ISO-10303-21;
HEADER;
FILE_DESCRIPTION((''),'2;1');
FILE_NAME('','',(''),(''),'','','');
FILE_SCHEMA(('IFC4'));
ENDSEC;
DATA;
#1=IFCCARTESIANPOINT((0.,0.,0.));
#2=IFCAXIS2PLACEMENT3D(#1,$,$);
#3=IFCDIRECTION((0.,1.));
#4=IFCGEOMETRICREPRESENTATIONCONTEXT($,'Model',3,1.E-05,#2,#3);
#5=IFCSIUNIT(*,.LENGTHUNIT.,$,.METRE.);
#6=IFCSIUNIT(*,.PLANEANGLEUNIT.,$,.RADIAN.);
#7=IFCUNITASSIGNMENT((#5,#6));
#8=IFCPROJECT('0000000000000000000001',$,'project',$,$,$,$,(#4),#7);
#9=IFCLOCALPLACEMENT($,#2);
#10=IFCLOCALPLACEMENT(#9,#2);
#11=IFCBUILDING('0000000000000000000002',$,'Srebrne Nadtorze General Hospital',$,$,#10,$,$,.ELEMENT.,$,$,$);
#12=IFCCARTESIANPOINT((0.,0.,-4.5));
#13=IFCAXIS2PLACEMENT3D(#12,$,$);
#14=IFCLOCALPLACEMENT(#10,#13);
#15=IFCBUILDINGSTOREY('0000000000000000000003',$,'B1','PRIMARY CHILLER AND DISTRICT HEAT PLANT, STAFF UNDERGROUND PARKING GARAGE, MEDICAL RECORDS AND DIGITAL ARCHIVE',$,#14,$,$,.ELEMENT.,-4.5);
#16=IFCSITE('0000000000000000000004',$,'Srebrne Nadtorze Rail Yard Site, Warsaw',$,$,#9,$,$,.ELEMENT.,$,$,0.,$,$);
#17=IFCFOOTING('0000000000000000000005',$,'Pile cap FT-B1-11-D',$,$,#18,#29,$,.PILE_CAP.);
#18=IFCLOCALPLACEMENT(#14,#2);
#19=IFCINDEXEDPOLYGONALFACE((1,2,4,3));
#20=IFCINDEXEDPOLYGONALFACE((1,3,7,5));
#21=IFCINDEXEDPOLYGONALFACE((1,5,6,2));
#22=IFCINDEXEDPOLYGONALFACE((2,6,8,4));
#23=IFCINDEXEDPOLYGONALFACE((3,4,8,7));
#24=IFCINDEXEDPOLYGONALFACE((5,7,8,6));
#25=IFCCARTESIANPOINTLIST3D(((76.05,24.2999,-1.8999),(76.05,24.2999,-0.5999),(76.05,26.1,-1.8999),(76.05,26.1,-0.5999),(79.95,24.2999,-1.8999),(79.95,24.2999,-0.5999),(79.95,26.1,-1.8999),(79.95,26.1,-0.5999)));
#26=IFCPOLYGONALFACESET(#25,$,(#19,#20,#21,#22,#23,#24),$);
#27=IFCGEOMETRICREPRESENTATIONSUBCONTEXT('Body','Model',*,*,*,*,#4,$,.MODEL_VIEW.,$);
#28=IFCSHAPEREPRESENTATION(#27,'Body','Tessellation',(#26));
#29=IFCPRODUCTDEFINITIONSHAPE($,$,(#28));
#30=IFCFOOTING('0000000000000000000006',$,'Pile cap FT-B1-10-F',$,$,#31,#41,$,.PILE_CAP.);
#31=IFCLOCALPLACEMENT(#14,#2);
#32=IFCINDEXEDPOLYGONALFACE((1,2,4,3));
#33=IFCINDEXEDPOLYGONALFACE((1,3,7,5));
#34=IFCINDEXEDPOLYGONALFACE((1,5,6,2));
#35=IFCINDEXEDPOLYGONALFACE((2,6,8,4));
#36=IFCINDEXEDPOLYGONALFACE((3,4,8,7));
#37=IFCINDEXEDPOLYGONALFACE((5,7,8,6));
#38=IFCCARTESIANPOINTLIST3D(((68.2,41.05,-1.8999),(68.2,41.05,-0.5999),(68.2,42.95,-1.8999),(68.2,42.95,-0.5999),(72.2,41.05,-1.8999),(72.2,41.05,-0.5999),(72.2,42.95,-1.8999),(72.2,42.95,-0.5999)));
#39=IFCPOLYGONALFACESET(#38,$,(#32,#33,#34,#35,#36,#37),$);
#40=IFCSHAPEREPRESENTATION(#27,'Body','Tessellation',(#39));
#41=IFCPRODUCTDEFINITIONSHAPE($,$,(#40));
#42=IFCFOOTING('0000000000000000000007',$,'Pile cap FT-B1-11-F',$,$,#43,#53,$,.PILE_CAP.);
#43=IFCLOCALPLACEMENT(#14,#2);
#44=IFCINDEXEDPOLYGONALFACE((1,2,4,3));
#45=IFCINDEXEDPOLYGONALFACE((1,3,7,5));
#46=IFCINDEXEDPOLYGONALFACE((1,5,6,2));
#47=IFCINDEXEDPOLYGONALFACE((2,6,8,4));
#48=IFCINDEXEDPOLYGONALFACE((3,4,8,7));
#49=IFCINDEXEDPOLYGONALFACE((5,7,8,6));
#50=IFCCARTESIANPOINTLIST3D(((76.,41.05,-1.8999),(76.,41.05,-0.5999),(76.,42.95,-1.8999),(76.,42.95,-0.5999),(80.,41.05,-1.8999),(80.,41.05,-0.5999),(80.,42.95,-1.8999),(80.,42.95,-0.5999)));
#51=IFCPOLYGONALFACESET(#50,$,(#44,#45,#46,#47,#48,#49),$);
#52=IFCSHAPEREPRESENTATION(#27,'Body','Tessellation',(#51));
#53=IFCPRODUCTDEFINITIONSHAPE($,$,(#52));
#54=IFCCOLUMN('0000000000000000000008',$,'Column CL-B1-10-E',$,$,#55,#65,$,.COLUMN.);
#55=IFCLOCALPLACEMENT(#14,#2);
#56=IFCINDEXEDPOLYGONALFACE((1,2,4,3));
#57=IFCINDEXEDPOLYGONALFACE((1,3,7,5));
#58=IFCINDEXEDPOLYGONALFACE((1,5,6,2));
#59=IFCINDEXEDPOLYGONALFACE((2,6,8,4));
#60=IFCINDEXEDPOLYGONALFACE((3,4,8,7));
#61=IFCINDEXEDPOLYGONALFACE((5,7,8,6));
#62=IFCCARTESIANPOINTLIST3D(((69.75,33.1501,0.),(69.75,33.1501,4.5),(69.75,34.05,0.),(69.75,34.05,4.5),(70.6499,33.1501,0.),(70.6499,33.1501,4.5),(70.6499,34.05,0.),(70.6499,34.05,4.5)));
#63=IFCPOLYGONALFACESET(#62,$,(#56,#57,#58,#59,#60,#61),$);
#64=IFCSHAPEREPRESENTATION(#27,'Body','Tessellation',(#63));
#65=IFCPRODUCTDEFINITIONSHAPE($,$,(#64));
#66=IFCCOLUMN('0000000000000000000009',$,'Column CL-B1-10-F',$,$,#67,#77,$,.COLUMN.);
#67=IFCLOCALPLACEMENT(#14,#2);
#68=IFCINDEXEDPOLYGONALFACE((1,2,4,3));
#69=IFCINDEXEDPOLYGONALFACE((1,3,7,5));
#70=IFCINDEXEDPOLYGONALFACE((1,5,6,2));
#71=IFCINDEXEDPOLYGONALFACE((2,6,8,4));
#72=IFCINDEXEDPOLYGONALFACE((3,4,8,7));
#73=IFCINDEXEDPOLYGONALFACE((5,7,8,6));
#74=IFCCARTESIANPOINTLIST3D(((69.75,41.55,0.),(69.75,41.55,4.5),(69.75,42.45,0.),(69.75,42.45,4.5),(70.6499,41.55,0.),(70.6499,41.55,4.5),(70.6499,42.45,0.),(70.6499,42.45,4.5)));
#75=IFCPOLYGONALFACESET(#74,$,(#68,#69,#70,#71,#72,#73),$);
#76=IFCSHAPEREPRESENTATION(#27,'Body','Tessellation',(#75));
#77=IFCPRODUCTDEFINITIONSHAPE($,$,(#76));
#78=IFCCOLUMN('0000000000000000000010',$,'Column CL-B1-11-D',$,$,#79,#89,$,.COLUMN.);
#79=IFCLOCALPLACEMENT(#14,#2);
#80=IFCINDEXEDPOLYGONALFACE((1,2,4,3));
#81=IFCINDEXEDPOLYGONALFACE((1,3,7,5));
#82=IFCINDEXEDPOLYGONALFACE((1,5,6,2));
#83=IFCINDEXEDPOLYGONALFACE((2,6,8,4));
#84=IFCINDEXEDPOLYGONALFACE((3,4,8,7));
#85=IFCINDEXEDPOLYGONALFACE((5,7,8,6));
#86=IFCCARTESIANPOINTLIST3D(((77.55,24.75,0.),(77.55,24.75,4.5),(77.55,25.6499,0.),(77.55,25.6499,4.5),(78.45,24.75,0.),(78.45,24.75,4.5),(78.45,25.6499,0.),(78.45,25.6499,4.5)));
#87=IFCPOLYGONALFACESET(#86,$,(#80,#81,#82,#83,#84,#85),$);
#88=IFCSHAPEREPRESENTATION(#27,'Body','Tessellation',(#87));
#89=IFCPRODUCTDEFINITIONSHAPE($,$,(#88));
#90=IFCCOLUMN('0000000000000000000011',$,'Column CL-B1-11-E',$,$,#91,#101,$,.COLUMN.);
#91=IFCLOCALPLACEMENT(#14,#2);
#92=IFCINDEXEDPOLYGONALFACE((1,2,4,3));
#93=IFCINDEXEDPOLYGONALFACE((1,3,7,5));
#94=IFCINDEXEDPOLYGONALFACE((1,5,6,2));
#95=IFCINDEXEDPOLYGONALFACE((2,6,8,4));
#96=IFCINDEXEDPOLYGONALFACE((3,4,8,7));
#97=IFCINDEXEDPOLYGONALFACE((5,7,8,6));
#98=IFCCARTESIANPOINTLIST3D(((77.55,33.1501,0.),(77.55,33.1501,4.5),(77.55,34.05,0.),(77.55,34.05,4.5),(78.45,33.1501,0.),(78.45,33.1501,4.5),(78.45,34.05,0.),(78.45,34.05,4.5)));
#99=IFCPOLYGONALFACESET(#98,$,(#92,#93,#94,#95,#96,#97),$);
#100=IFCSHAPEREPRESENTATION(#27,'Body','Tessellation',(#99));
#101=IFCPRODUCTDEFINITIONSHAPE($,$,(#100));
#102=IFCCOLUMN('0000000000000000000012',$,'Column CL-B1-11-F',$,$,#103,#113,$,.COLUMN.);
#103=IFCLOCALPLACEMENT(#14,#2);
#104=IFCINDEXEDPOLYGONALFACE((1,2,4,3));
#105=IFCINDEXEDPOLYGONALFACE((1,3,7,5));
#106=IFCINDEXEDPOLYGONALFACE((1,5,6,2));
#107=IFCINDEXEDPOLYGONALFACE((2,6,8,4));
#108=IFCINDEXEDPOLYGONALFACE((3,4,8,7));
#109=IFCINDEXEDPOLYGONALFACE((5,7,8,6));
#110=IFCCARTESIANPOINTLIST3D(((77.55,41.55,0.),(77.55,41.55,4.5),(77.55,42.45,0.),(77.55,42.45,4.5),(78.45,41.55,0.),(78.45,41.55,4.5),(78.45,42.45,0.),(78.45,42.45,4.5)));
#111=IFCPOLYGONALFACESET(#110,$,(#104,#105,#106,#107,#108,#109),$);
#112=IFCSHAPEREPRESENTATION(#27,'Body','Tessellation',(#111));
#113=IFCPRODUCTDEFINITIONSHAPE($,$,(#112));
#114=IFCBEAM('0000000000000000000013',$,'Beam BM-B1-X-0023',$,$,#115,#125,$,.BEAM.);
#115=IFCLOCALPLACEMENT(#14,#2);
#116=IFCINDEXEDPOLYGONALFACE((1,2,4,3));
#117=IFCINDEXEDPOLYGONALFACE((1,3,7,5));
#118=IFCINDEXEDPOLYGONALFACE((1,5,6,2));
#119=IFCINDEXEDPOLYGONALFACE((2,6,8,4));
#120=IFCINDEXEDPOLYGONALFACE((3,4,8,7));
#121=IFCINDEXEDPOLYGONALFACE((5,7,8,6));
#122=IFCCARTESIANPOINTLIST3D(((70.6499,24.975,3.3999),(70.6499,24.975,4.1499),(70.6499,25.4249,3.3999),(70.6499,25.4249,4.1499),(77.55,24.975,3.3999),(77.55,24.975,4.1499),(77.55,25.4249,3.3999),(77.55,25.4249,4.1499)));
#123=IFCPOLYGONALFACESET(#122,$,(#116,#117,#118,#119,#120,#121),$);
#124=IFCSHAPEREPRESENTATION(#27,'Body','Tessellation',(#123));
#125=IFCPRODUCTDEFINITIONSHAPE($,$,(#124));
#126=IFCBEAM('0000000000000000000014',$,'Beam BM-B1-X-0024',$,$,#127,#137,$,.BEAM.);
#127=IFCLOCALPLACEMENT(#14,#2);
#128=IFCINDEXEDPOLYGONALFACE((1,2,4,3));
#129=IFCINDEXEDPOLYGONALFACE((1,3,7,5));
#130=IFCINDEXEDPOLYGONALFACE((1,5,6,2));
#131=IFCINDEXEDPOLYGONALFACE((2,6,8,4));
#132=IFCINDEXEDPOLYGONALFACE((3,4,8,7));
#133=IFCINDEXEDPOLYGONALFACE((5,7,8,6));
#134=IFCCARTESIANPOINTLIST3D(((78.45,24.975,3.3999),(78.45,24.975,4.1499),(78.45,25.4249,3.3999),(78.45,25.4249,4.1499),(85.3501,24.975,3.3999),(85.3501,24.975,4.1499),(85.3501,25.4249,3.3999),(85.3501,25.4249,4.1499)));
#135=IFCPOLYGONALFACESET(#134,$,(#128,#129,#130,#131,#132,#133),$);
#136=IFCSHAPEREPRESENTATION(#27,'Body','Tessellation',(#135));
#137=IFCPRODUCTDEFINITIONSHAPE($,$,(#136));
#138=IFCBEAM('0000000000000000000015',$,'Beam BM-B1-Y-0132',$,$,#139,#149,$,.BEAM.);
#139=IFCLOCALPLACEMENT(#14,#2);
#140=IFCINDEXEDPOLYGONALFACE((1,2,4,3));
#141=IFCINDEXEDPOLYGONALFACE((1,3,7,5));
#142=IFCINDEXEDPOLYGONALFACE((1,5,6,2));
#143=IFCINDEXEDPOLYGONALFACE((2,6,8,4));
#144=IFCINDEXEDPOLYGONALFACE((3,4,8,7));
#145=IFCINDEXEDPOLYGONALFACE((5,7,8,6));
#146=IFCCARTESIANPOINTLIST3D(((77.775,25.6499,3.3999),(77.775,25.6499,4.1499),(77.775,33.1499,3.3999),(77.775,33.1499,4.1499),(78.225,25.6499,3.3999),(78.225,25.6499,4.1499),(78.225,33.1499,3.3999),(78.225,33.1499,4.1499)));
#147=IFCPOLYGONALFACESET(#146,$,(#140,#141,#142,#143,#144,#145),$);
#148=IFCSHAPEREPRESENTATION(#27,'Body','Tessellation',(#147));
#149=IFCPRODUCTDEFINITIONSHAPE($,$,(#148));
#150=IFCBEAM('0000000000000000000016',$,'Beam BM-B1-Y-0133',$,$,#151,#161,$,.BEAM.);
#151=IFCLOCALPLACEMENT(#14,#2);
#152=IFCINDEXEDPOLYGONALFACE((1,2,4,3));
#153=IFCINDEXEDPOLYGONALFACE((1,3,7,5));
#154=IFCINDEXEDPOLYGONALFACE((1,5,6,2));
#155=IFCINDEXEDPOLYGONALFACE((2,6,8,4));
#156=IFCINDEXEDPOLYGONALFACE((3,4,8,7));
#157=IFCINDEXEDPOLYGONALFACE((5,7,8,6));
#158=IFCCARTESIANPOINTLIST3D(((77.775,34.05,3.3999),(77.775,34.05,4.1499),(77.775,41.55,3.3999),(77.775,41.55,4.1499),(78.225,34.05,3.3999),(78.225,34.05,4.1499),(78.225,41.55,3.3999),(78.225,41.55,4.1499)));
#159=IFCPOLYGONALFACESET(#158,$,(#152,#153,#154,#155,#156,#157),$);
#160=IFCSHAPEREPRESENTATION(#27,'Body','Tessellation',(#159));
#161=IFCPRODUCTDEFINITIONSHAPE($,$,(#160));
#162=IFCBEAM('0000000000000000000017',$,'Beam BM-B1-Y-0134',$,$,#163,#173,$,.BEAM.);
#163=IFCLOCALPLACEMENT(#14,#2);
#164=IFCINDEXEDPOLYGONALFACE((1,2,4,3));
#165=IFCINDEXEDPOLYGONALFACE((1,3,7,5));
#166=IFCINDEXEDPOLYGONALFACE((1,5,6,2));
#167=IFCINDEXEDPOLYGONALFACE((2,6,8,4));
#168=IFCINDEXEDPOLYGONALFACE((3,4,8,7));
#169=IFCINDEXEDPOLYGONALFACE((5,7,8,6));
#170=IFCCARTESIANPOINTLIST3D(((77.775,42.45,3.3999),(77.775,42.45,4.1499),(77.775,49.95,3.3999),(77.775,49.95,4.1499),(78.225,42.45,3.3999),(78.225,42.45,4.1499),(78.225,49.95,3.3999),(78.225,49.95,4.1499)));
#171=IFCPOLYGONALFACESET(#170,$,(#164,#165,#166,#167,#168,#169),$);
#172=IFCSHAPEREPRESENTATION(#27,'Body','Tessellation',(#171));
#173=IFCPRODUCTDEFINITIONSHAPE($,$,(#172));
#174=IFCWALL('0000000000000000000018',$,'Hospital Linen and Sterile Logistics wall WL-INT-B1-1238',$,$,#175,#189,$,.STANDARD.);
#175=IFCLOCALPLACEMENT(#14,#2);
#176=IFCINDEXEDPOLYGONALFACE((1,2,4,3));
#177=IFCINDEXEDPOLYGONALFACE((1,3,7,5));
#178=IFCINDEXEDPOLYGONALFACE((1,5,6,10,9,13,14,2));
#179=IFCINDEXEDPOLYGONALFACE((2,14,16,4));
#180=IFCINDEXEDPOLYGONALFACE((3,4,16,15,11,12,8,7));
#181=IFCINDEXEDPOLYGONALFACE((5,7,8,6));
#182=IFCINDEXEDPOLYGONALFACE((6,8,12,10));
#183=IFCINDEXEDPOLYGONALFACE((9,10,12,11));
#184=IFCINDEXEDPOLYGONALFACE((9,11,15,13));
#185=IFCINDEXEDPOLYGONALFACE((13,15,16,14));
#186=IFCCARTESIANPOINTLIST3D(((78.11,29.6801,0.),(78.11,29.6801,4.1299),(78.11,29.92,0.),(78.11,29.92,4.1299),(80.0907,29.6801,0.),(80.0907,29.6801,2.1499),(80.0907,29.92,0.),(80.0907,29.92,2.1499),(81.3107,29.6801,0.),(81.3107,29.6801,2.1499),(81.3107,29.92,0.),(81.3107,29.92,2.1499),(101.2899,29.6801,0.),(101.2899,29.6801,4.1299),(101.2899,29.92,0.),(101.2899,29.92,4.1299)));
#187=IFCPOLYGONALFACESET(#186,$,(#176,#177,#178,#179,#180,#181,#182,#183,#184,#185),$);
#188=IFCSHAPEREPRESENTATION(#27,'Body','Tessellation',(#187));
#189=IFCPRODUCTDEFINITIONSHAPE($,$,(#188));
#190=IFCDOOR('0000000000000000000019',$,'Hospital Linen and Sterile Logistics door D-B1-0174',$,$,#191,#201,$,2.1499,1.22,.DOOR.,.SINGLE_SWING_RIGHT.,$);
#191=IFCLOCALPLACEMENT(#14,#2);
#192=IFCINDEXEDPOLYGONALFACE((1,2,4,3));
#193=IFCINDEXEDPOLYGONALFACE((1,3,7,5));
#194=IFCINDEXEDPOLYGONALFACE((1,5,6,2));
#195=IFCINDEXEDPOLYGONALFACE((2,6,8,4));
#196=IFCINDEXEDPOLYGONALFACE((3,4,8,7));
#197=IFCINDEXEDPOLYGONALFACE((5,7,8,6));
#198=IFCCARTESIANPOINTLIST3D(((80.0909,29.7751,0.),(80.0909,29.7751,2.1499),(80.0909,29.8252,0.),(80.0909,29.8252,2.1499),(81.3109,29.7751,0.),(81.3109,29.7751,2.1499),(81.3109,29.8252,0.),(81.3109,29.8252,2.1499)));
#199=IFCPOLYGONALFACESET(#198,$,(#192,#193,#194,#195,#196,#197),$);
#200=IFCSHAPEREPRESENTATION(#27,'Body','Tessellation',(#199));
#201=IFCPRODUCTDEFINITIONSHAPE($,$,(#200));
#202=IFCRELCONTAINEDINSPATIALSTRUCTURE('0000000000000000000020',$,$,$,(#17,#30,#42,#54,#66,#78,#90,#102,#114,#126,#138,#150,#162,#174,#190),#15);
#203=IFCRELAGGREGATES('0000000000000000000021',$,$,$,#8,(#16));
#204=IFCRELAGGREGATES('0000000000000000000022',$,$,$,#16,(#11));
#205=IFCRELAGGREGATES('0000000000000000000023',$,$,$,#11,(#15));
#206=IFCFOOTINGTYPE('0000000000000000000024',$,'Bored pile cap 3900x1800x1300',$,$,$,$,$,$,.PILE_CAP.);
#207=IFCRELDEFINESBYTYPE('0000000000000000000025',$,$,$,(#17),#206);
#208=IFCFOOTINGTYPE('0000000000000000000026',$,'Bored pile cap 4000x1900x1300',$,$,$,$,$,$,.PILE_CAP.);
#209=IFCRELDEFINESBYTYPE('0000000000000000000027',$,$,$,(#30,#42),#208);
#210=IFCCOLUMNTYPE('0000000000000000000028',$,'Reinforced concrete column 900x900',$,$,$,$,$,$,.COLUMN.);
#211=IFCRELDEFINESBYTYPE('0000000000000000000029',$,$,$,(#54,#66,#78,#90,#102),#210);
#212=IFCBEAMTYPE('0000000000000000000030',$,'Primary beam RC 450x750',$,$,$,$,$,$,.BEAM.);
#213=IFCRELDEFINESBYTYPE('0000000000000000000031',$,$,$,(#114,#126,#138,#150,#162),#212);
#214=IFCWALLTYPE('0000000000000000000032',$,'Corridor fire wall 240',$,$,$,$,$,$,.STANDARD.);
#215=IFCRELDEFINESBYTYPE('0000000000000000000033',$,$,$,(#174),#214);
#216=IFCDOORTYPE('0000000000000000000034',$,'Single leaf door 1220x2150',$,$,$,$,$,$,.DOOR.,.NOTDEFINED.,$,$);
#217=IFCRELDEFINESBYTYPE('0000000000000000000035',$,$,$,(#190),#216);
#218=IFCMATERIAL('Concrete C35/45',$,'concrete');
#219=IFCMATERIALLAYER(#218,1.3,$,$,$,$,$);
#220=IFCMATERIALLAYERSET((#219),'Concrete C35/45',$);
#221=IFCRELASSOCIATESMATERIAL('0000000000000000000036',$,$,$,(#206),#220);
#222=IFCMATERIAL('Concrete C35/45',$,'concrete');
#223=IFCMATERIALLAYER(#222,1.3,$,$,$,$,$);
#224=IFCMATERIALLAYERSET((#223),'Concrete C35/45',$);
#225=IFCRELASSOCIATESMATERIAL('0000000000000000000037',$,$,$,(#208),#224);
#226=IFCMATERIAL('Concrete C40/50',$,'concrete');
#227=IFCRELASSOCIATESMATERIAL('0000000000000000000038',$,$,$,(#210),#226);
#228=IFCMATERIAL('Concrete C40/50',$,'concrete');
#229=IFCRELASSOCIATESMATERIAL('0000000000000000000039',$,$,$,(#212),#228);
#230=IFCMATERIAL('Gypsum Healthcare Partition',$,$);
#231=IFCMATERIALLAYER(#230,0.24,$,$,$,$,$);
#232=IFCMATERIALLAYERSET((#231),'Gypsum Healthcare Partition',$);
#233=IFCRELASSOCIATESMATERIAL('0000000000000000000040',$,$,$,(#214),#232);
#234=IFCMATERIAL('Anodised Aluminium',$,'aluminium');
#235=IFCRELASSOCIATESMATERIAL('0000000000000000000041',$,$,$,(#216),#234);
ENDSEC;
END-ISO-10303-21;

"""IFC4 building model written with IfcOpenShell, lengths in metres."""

from ifc_helpers import new_model, si_unit, direction, frame, frame_2d, origin, origin_2d, place, context, subcontext, project, spatial, rectangle, extrude, material, layer, layer_set, material_profile, profile_set, type_object, element, fill, save


model = new_model("IFC4")

# Units and contexts
model_context = context("Model", 3, precision=1e-05, world=origin(), true_north=direction((0.0, 1.0)))
body_context = subcontext(model_context, "Body", "Model", "MODEL_VIEW")
ifc_project = project(units=[si_unit("LENGTHUNIT", "METRE"), si_unit("PLANEANGLEUNIT", "RADIAN")], contexts=[model_context])

# Site, building, storey
site_placement = place(None, origin())
site = spatial("IfcSite", under=ifc_project, at=site_placement, Name="Srebrne Nadtorze Rail Yard Site, Warsaw", CompositionType="ELEMENT", RefElevation=0.0)
building_placement = place(site_placement, origin())
building = spatial("IfcBuilding", under=site, at=building_placement, Name="Srebrne Nadtorze General Hospital", CompositionType="ELEMENT")
storey_placement = place(building_placement, frame((0.0, 0.0, -4.5)))
storey = spatial("IfcBuildingStorey", under=building, at=storey_placement, Name="B1", Description="PRIMARY CHILLER AND DISTRICT HEAT PLANT, STAFF UNDERGROUND PARKING GARAGE, MEDICAL RECORDS AND DIGITAL ARCHIVE", CompositionType="ELEMENT", Elevation=-4.5)

# Footings
ifc_material_1 = material(Name="Concrete C35/45", Category="concrete")
ifc_layer_1 = layer(ifc_material_1, 1.3)
ifc_layer_set_1 = layer_set([ifc_layer_1], Name="Concrete C35/45")
footing_type_1 = type_object("IfcFootingType", Name="Bored pile cap 3900x1800x1300", PredefinedType="PILE_CAP", material=ifc_layer_set_1)
footing_placement = place(storey_placement, frame((78.0, 25.2, -1.8999), z_axis=(0.0, 0.0, 1.0), x_axis=(1.0, 0.0, 0.0)))
element("IfcFooting", 1, at=footing_placement, inside=storey, type_object=footing_type_1, Name="Pile cap FT-B1-11-D", PredefinedType="PILE_CAP", context=body_context, shape_type="SweptSolid", body=[
    extrude(rectangle(XDim=3.8999, YDim=1.8, at=origin_2d()), origin(), (0.0, 0.0, 1.0), 1.3),
])
ifc_material_2 = material(Name="Concrete C35/45", Category="concrete")
ifc_layer_2 = layer(ifc_material_2, 1.3)
ifc_layer_set_2 = layer_set([ifc_layer_2], Name="Concrete C35/45")
footing_type_2 = type_object("IfcFootingType", Name="Bored pile cap 4000x1900x1300", PredefinedType="PILE_CAP", material=ifc_layer_set_2)
for number, where, z_axis, x_axis, name in (
    (2, (70.2, 42.0, -1.8999), (0.0, 0.0, 1.0), (1.0, 0.0, 0.0), "Pile cap FT-B1-10-F"),
    (3, (78.0, 42.0, -1.8999), (0.0, 0.0, 1.0), (1.0, 0.0, 0.0), "Pile cap FT-B1-11-F"),
):
    element("IfcFooting", number, at=place(storey_placement, frame(where, z_axis=z_axis, x_axis=x_axis)), inside=storey, type_object=footing_type_2, Name=name, PredefinedType="PILE_CAP", context=body_context, shape_type="SweptSolid", body=[
        extrude(rectangle(XDim=4.0, YDim=1.8999, at=origin_2d()), origin(), (0.0, 0.0, 1.0), 1.3),
    ])

# Columns
ifc_material_3 = material(Name="Concrete C40/50", Category="concrete")
ifc_material_profile_1 = material_profile(ifc_material_3, rectangle(XDim=0.8999, YDim=0.8999, at=origin_2d()), Name="RC-COL-900x900")
ifc_profile_set_1 = profile_set([ifc_material_profile_1], Name="Concrete C40/50")
column_type = type_object("IfcColumnType", Name="Reinforced concrete column 900x900", PredefinedType="COLUMN", material=ifc_profile_set_1)
for number, where, z_axis, x_axis, name in (
    (4, (70.2, 33.6001, 0.0), (0.0, 0.0, 1.0), (1.0, 0.0, 0.0), "Column CL-B1-10-E"),
    (5, (70.2, 42.0, 0.0), (0.0, 0.0, 1.0), (1.0, 0.0, 0.0), "Column CL-B1-10-F"),
    (6, (78.0, 25.2, 0.0), (0.0, 0.0, 1.0), (1.0, 0.0, 0.0), "Column CL-B1-11-D"),
    (7, (78.0, 33.6001, 0.0), (0.0, 0.0, 1.0), (1.0, 0.0, 0.0), "Column CL-B1-11-E"),
    (8, (78.0, 42.0, 0.0), (0.0, 0.0, 1.0), (1.0, 0.0, 0.0), "Column CL-B1-11-F"),
):
    element("IfcColumn", number, at=place(storey_placement, frame(where, z_axis=z_axis, x_axis=x_axis)), inside=storey, type_object=column_type, Name=name, PredefinedType="COLUMN", context=body_context, shape_type="SweptSolid", body=[
        extrude(rectangle(XDim=0.8999, YDim=0.8999, at=origin_2d()), origin(), (0.0, 0.0, 1.0), 4.5),
    ])

# Beams
ifc_material_4 = material(Name="Concrete C40/50", Category="concrete")
ifc_material_profile_2 = material_profile(ifc_material_4, rectangle(XDim=0.45, YDim=0.75, at=origin_2d()), Name="RC-BM-450x750")
ifc_profile_set_2 = profile_set([ifc_material_profile_2], Name="Concrete C40/50")
beam_type = type_object("IfcBeamType", Name="Primary beam RC 450x750", PredefinedType="BEAM", material=ifc_profile_set_2)
for number, where, z_axis, x_axis, name in (
    (9, (70.6499, 25.2, 3.7749), (1.0, 0.0, 0.0), (0.0, 1.0, 0.0), "Beam BM-B1-X-0023"),
    (10, (78.45, 25.2, 3.7749), (1.0, 0.0, 0.0), (0.0, 1.0, 0.0), "Beam BM-B1-X-0024"),
):
    element("IfcBeam", number, at=place(storey_placement, frame(where, z_axis=z_axis, x_axis=x_axis)), inside=storey, type_object=beam_type, Name=name, PredefinedType="BEAM", context=body_context, shape_type="SweptSolid", body=[
        extrude(rectangle(XDim=0.45, YDim=0.75, at=origin_2d()), origin(), (0.0, 0.0, 1.0), 6.9001),
    ])
for number, where, z_axis, x_axis, name in (
    (11, (78.0, 25.6499, 3.7749), (0.0, 1.0, 0.0), (-1.0, 0.0, 0.0), "Beam BM-B1-Y-0132"),
    (12, (78.0, 34.05, 3.7749), (0.0, 1.0, 0.0), (-1.0, 0.0, 0.0), "Beam BM-B1-Y-0133"),
    (13, (78.0, 42.45, 3.7749), (0.0, 1.0, 0.0), (-1.0, 0.0, 0.0), "Beam BM-B1-Y-0134"),
):
    element("IfcBeam", number, at=place(storey_placement, frame(where, z_axis=z_axis, x_axis=x_axis)), inside=storey, type_object=beam_type, Name=name, PredefinedType="BEAM", context=body_context, shape_type="SweptSolid", body=[
        extrude(rectangle(XDim=0.45, YDim=0.75, at=origin_2d()), origin(), (0.0, 0.0, 1.0), 7.5),
    ])

# Wall, opening, door
ifc_material_5 = material(Name="Gypsum Healthcare Partition")
ifc_layer_3 = layer(ifc_material_5, 0.24)
ifc_layer_set_3 = layer_set([ifc_layer_3], Name="Gypsum Healthcare Partition")
wall_type_1 = type_object("IfcWallType", Name="Corridor fire wall 240", PredefinedType="STANDARD", material=ifc_layer_set_3)
wall_1_placement = place(storey_placement, frame((78.1101, 29.8, 0.0), z_axis=(0.0, 0.0, 1.0), x_axis=(1.0, 0.0, 0.0)))
wall_1 = element("IfcWall", 14, at=wall_1_placement, inside=storey, type_object=wall_type_1, Name="Hospital Linen and Sterile Logistics wall WL-INT-B1-1238", PredefinedType="STANDARD", context=body_context, shape_type="SweptSolid", body=[
    extrude(rectangle(XDim=23.1799, YDim=0.24, at=frame_2d((11.5898, 0.0))), origin(), (0.0, 0.0, 1.0), 4.1299),
])
opening_1_placement = place(wall_1_placement, frame((1.9807, 0.0, 0.0)))
opening_1 = element("IfcOpeningElement", 15, at=opening_1_placement, cuts=wall_1, PredefinedType="OPENING", context=body_context, shape_type="SweptSolid", body=[
    extrude(rectangle(XDim=1.22, YDim=2.1499, at=frame_2d((0.6099, 1.075))), frame((0.0, 0.1318, 0.0), z_axis=(0.0, -1.0, 0.0), x_axis=(1.0, 0.0, 0.0)), (0.0, 0.0, 1.0), 0.2639),
])
ifc_material_6 = material(Name="Anodised Aluminium", Category="aluminium")
door_type_1 = type_object("IfcDoorType", Name="Single leaf door 1220x2150", OperationType="NOTDEFINED", PredefinedType="DOOR", material=ifc_material_6)
door_1_placement = place(opening_1_placement, frame((1.22, 0.0, 0.0), z_axis=(0.0, 0.0, 1.0), x_axis=(-1.0, 0.0, 0.0)))
door_1 = element("IfcDoor", 16, at=door_1_placement, inside=storey, type_object=door_type_1, Name="Hospital Linen and Sterile Logistics door D-B1-0174", OperationType="SINGLE_SWING_RIGHT", OverallHeight=2.1499, OverallWidth=1.22, PredefinedType="DOOR", context=body_context, shape_type="SweptSolid", body=[
    extrude(rectangle(XDim=1.22, YDim=2.1499, at=frame_2d((0.6099, 1.075))), frame((0.0, 0.0249, 0.0), z_axis=(0.0, -1.0, 0.0), x_axis=(1.0, 0.0, 0.0)), (0.0, 0.0, 1.0), 0.05),
])
fill(opening_1, door_1)

save(model, "model.ifc")
